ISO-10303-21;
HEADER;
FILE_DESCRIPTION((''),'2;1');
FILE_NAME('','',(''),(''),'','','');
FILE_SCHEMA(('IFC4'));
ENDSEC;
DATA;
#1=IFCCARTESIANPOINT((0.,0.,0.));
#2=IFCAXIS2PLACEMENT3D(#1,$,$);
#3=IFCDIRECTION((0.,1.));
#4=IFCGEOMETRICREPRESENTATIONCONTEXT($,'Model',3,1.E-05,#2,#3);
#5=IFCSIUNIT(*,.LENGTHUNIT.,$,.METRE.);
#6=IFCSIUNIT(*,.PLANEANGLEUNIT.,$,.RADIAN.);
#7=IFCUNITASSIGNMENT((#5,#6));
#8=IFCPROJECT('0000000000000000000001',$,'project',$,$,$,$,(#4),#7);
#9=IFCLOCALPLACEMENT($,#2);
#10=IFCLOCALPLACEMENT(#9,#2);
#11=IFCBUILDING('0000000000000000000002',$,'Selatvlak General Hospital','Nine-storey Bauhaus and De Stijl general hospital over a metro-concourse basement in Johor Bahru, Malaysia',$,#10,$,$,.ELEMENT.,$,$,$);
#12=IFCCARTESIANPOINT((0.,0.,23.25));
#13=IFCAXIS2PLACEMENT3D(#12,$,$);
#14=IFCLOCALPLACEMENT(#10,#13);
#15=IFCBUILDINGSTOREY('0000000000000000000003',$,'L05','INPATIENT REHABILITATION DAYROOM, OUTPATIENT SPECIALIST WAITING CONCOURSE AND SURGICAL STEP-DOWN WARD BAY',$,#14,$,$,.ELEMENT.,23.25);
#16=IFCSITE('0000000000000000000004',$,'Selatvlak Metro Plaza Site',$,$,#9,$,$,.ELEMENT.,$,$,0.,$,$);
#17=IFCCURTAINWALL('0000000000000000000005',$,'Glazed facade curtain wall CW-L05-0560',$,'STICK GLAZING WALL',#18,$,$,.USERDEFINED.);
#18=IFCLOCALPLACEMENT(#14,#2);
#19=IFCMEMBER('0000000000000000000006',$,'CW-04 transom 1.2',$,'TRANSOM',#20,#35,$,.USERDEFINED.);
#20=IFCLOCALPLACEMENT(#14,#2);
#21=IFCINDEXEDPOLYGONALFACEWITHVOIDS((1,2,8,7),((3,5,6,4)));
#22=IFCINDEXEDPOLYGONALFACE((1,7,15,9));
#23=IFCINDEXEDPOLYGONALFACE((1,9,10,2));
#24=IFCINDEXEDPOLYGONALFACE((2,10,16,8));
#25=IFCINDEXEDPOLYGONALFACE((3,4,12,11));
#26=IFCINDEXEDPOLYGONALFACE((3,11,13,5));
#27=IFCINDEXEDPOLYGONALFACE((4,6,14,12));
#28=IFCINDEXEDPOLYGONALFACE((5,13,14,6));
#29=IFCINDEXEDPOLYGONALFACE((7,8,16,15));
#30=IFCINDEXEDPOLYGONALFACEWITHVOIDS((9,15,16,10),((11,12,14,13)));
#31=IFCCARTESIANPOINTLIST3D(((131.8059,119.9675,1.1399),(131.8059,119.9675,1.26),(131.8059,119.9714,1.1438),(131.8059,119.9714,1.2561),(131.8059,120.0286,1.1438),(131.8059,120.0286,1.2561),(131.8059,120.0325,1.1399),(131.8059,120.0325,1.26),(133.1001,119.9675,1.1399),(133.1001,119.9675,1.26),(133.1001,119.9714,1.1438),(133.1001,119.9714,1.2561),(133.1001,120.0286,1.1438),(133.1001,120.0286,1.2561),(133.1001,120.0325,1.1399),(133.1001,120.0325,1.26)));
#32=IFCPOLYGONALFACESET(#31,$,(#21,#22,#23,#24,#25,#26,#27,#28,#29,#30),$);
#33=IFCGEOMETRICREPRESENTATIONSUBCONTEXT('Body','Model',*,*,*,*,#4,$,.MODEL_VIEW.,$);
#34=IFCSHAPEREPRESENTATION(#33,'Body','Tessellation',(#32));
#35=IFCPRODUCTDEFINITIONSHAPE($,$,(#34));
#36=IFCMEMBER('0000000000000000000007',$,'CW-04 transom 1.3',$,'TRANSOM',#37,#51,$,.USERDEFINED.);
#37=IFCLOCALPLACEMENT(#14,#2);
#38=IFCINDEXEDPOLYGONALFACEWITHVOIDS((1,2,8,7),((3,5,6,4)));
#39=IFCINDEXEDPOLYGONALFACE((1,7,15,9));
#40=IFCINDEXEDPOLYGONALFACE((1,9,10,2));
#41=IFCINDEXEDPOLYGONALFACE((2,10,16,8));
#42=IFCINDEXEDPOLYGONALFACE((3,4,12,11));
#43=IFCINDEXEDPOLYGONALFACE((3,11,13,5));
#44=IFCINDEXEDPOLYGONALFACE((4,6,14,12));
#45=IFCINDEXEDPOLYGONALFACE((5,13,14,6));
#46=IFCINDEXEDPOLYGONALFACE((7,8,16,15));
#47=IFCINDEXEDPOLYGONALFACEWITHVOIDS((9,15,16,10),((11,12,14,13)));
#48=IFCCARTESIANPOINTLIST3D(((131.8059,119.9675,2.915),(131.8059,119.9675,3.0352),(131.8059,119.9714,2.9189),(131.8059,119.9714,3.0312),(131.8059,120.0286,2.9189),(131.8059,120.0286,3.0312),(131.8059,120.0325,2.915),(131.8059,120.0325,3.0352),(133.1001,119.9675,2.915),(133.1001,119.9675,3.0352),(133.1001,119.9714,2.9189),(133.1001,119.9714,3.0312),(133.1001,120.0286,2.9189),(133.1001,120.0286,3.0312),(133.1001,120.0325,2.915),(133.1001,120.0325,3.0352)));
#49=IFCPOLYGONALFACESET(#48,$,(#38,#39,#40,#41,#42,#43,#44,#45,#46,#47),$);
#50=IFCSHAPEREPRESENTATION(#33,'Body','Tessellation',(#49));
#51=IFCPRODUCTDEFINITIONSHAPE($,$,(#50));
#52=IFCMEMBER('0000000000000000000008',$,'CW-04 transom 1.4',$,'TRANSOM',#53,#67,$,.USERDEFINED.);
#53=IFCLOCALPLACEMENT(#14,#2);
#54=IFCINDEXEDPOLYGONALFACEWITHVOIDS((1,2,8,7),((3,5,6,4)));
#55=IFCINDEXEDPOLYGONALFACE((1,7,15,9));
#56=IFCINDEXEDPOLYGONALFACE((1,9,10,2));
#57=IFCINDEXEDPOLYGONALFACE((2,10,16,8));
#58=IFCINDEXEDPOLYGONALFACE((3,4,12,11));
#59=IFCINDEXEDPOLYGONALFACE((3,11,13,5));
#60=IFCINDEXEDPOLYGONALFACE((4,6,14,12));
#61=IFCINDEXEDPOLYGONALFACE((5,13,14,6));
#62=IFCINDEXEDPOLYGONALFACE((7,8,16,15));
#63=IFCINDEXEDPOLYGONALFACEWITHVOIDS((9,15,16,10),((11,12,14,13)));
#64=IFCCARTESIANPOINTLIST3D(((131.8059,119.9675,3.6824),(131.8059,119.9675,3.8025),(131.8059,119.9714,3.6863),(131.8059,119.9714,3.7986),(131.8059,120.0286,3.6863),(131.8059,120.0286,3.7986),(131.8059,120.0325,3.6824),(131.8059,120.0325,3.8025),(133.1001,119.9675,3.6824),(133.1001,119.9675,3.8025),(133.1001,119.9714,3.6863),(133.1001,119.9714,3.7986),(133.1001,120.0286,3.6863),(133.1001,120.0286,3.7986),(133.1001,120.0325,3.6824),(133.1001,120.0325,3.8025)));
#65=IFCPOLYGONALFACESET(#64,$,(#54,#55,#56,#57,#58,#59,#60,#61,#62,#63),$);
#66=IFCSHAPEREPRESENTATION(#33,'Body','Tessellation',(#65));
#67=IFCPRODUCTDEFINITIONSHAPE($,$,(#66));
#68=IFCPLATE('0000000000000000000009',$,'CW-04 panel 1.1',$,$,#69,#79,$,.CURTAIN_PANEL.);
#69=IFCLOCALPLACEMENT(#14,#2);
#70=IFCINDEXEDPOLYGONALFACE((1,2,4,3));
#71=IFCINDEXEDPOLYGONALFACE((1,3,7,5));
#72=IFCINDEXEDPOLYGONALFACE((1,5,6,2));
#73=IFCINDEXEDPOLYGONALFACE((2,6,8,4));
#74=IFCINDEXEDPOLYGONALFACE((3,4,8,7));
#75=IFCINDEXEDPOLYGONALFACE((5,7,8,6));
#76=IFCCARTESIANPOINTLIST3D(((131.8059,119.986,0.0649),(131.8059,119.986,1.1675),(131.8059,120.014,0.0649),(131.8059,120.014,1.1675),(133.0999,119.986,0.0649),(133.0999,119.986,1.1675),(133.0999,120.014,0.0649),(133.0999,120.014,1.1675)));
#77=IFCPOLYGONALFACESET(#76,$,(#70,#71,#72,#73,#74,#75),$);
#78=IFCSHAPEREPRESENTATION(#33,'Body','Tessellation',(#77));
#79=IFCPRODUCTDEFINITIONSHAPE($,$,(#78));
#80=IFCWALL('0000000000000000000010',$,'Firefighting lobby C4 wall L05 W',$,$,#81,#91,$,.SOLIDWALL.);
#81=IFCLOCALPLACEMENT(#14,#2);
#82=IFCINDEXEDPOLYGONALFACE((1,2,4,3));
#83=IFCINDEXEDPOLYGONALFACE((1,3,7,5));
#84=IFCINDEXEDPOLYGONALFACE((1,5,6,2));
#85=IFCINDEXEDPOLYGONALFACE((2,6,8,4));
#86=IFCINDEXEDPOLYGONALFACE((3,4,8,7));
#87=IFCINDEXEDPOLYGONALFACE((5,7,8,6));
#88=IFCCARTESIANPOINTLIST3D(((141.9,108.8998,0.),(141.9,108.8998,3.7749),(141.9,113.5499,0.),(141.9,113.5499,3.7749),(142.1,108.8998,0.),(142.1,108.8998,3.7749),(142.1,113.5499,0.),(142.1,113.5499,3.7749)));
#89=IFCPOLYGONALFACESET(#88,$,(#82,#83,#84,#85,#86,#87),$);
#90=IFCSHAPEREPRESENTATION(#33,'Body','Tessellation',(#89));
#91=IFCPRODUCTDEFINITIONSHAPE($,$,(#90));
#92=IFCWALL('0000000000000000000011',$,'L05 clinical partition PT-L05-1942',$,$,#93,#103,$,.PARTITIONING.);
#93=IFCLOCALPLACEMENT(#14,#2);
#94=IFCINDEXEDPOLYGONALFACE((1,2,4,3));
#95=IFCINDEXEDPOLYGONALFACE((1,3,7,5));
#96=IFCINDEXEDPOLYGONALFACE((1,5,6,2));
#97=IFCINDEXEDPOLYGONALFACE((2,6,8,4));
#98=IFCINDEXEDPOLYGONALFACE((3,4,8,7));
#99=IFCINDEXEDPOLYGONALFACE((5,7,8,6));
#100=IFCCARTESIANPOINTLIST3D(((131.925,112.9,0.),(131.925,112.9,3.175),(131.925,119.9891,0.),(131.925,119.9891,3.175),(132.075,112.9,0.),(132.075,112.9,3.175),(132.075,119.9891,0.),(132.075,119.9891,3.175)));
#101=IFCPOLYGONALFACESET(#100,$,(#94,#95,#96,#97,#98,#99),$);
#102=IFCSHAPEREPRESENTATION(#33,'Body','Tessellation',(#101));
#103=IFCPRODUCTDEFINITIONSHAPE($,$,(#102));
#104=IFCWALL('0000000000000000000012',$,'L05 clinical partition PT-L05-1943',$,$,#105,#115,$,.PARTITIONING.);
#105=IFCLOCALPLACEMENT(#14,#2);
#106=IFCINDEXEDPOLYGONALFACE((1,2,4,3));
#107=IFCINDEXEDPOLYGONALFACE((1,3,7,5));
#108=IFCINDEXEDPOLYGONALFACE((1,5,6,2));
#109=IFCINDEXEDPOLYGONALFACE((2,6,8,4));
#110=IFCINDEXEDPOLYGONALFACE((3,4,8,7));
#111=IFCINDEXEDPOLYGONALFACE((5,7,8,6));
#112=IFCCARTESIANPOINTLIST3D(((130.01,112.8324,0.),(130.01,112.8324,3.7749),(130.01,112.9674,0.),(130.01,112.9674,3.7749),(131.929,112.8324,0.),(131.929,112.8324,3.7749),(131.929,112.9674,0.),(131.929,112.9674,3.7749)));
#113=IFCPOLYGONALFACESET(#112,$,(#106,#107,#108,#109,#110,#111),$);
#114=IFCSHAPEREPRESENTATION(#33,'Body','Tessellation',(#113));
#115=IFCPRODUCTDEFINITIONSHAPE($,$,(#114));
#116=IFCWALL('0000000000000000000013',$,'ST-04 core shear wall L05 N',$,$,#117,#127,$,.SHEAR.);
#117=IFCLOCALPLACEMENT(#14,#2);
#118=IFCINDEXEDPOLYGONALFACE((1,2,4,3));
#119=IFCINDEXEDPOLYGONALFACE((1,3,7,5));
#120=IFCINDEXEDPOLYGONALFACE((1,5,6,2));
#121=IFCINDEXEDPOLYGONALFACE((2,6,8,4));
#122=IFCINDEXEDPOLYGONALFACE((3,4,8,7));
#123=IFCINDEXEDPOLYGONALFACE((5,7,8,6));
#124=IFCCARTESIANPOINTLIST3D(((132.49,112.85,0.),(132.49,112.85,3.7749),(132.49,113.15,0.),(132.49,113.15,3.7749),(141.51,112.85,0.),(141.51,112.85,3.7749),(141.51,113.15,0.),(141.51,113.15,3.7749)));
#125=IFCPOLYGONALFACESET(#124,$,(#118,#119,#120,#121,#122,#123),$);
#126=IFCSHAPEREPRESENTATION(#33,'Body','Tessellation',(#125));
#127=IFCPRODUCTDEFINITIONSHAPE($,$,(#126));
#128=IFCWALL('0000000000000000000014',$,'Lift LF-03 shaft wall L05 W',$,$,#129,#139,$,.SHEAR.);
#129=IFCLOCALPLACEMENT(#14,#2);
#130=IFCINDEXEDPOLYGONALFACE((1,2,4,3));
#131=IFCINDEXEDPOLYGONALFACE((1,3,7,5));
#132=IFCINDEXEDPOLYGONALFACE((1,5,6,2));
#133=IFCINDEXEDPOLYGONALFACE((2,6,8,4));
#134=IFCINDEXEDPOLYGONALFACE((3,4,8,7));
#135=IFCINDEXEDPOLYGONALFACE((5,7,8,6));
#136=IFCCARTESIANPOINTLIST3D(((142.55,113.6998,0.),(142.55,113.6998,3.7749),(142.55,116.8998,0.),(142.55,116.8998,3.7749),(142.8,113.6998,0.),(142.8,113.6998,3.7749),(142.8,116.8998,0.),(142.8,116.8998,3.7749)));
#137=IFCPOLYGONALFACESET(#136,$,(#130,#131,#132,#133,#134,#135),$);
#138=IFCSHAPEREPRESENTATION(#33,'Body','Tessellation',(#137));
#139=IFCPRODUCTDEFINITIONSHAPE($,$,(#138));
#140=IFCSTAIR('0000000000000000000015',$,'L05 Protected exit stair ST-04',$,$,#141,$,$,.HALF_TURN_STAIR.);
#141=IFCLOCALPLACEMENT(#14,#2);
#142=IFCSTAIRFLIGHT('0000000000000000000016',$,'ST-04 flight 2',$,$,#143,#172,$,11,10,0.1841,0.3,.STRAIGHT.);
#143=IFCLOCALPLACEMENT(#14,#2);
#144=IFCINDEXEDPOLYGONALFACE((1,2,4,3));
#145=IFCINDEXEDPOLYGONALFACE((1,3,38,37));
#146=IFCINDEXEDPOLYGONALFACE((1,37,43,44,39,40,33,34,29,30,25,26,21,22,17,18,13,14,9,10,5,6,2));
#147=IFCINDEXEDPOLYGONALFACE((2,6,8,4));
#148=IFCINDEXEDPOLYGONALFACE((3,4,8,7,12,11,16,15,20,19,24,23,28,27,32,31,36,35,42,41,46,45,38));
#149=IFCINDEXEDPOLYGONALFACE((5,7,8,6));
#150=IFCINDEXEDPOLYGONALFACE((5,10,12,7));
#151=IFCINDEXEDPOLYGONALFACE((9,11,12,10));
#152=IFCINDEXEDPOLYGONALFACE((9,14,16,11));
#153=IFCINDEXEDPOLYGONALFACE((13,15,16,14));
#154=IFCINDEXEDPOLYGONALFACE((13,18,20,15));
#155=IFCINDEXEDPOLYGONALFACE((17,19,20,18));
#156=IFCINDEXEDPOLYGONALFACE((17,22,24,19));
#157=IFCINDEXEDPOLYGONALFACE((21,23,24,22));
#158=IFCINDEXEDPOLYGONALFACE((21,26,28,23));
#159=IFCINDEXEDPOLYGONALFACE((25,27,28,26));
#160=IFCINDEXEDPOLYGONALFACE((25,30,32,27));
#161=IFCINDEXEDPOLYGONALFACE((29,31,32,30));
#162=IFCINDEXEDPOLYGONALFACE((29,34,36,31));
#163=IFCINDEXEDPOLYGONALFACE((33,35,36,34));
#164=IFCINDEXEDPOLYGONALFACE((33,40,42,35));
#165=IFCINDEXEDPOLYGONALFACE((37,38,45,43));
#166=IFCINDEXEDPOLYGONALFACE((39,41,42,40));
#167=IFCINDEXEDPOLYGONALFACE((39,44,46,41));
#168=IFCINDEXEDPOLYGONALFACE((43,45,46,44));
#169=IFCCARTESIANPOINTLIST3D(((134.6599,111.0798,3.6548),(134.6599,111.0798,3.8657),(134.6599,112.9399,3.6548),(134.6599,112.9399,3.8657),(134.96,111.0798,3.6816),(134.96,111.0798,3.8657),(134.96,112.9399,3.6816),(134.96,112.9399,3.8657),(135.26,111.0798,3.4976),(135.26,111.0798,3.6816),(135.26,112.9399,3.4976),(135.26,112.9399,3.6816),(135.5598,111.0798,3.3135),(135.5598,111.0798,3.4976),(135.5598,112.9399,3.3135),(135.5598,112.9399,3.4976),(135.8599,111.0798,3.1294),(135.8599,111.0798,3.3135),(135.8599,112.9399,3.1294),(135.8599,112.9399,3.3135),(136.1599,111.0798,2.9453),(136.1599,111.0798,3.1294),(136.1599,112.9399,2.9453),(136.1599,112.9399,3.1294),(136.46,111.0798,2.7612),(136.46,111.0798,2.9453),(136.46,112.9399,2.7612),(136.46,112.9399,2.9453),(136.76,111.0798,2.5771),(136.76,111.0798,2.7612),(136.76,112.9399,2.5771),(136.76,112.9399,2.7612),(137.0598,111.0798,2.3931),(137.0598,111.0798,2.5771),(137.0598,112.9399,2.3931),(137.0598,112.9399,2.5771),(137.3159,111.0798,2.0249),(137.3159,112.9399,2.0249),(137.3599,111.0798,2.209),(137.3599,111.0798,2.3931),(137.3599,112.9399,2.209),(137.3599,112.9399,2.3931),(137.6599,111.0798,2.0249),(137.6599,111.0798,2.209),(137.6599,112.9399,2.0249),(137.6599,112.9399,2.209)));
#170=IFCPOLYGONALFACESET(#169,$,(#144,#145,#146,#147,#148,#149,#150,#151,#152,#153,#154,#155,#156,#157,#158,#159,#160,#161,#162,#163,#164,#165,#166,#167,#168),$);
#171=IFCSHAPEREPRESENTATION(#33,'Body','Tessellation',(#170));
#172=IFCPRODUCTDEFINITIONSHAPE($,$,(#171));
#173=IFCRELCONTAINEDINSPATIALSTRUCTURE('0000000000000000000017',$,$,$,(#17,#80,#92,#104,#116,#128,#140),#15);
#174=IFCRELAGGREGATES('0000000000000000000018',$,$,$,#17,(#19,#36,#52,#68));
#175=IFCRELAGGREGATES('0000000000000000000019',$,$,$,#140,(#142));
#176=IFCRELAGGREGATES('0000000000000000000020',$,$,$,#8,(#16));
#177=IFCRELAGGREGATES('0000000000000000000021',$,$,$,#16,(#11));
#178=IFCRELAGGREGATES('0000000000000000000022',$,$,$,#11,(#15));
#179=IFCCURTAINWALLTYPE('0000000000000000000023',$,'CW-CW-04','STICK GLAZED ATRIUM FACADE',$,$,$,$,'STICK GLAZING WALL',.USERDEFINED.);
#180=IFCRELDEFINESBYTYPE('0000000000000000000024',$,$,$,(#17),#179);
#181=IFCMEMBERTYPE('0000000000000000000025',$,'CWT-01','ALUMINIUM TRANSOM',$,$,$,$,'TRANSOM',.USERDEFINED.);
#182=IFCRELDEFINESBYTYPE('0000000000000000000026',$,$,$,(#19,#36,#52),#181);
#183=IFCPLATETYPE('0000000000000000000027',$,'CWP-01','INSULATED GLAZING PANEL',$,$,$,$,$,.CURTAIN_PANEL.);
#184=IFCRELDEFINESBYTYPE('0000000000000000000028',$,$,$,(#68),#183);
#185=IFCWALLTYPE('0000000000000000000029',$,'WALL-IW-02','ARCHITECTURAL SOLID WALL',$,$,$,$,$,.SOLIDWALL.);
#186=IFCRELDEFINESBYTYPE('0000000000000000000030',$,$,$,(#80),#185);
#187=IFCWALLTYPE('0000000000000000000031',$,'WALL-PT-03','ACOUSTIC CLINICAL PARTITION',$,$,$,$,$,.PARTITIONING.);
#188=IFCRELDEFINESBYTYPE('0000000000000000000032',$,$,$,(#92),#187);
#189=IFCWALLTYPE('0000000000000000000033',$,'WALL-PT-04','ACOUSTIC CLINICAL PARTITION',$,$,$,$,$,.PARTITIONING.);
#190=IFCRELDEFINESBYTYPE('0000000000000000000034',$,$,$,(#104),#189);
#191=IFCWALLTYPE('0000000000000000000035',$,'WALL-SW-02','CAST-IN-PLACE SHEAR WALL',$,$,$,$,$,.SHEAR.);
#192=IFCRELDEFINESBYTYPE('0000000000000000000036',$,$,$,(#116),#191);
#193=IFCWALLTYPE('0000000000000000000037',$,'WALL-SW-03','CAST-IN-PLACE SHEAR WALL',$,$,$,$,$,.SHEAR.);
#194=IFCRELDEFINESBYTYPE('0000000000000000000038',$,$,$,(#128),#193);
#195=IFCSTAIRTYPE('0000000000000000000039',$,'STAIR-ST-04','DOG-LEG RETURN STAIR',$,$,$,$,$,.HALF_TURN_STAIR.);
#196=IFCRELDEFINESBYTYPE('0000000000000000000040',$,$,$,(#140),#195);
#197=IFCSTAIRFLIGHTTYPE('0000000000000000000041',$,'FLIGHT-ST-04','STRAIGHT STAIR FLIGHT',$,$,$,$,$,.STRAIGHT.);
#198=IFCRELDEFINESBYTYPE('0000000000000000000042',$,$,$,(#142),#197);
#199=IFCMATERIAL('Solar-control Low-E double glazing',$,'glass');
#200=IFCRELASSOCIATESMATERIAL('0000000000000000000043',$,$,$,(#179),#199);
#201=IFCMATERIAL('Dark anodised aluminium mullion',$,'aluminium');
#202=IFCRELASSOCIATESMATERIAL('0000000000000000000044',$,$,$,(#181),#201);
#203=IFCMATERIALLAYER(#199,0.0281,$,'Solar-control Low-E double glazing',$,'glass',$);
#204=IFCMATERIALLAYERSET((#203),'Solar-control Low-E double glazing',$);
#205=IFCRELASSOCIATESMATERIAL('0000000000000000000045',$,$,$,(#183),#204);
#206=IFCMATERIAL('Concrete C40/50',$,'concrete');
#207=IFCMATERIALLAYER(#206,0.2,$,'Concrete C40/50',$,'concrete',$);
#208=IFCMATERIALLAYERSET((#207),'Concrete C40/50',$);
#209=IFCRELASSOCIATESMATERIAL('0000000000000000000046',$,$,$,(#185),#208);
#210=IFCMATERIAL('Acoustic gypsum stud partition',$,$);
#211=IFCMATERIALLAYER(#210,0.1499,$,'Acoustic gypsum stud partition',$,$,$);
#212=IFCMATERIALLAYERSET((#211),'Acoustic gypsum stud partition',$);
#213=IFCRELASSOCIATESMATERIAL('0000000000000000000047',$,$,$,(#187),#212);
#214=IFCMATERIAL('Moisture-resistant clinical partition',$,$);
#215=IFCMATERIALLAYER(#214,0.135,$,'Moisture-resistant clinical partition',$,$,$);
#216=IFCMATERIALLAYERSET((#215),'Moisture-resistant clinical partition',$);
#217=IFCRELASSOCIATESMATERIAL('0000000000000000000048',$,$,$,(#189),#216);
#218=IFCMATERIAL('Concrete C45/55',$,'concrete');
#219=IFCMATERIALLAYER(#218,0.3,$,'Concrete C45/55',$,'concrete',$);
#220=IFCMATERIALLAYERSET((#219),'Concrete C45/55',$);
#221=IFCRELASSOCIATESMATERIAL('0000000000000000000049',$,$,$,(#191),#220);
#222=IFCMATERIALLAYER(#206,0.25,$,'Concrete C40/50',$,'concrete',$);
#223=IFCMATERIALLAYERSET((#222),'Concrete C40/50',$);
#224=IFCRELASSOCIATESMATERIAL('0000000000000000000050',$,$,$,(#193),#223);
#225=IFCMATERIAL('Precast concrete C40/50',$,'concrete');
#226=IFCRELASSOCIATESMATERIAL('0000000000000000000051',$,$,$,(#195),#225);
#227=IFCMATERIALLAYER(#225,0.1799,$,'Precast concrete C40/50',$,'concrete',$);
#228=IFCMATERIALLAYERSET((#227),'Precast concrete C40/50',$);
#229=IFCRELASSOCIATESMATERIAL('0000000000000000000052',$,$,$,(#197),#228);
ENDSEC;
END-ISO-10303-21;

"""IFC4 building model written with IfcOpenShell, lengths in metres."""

from ifc_helpers import new_model, si_unit, direction, frame, frame_2d, origin, origin_2d, place, context, subcontext, project, spatial, polyline, rectangle, hollow_rectangle, outline, extrude, material, layer, layer_set, material_profile, profile_set, type_object, element, aggregate, save


model = new_model("IFC4")

# Units and contexts
model_context = context("Model", 3, precision=1e-05, world=origin(), true_north=direction((0.0, 1.0)))
body_context = subcontext(model_context, "Body", "Model", "MODEL_VIEW")
ifc_project = project(units=[si_unit("LENGTHUNIT", "METRE"), si_unit("PLANEANGLEUNIT", "RADIAN")], contexts=[model_context])

# Site, building, storey
site_placement = place(None, origin())
site = spatial("IfcSite", under=ifc_project, at=site_placement, Name="Selatvlak Metro Plaza Site", CompositionType="ELEMENT", RefElevation=0.0)
building_placement = place(site_placement, origin())
building = spatial("IfcBuilding", under=site, at=building_placement, Name="Selatvlak General Hospital", Description="Nine-storey Bauhaus and De Stijl general hospital over a metro-concourse basement in Johor Bahru, Malaysia", CompositionType="ELEMENT")
storey_placement = place(building_placement, frame((0.0, 0.0, 23.25)))
storey = spatial("IfcBuildingStorey", under=building, at=storey_placement, Name="L05", Description="INPATIENT REHABILITATION DAYROOM, OUTPATIENT SPECIALIST WAITING CONCOURSE AND SURGICAL STEP-DOWN WARD BAY", CompositionType="ELEMENT", Elevation=23.25)

# Shared definitions
ifc_material_1 = material(Name="Concrete C40/50", Category="concrete")

# Shared definitions
ifc_material_2 = material(Name="Solar-control Low-E double glazing", Category="glass")
ifc_material_3 = material(Name="Dark anodised aluminium mullion", Category="aluminium")

# Curtain wall, members, plate
curtain_wall_type_1 = type_object("IfcCurtainWallType", Name="CW-CW-04", Description="STICK GLAZED ATRIUM FACADE", ElementType="STICK GLAZING WALL", PredefinedType="USERDEFINED", material=ifc_material_2)
curtain_wall_1_placement = place(storey_placement, origin())
curtain_wall_1 = element("IfcCurtainWall", 1, at=curtain_wall_1_placement, inside=storey, type_object=curtain_wall_type_1, Name="Glazed facade curtain wall CW-L05-0560", ObjectType="STICK GLAZING WALL", PredefinedType="USERDEFINED")
ifc_material_profile_1 = material_profile(ifc_material_3, hollow_rectangle(XDim=0.0649, YDim=0.1201, WallThickness=0.0039, at=origin_2d()), Name="AL-TRN 65x120x4")
ifc_profile_set_1 = profile_set([ifc_material_profile_1], Name="Dark anodised aluminium mullion")
member_type_1 = type_object("IfcMemberType", Name="CWT-01", Description="ALUMINIUM TRANSOM", ElementType="TRANSOM", PredefinedType="USERDEFINED", material=ifc_profile_set_1)
member_1_placement = place(storey_placement, frame((131.8059, 120.0, 1.2), z_axis=(1.0, 0.0, 0.0), x_axis=(0.0, 1.0, 0.0)))
member_1 = element("IfcMember", 2, at=member_1_placement, type_object=member_type_1, Name="CW-04 transom 1.2", ObjectType="TRANSOM", PredefinedType="USERDEFINED", context=body_context, shape_type="SweptSolid", body=[
    extrude(hollow_rectangle(XDim=0.0649, YDim=0.1201, WallThickness=0.0039, at=origin_2d()), origin(), (0.0, 0.0, 1.0), 1.2942),
])
member_2_placement = place(storey_placement, frame((131.8059, 120.0, 2.9751), z_axis=(1.0, 0.0, 0.0), x_axis=(0.0, 1.0, 0.0)))
member_2 = element("IfcMember", 3, at=member_2_placement, type_object=member_type_1, Name="CW-04 transom 1.3", ObjectType="TRANSOM", PredefinedType="USERDEFINED", context=body_context, shape_type="SweptSolid", body=[
    extrude(hollow_rectangle(XDim=0.0649, YDim=0.1201, WallThickness=0.0039, at=origin_2d()), origin(), (0.0, 0.0, 1.0), 1.2942),
])
member_3_placement = place(storey_placement, frame((131.8059, 120.0, 3.7424), z_axis=(1.0, 0.0, 0.0), x_axis=(0.0, 1.0, 0.0)))
member_3 = element("IfcMember", 4, at=member_3_placement, type_object=member_type_1, Name="CW-04 transom 1.4", ObjectType="TRANSOM", PredefinedType="USERDEFINED", context=body_context, shape_type="SweptSolid", body=[
    extrude(hollow_rectangle(XDim=0.0649, YDim=0.1201, WallThickness=0.0039, at=origin_2d()), origin(), (0.0, 0.0, 1.0), 1.2942),
])
ifc_layer_1 = layer(ifc_material_2, 0.0281, Name="Solar-control Low-E double glazing", Category="glass")
ifc_layer_set_1 = layer_set([ifc_layer_1], Name="Solar-control Low-E double glazing")
plate_type = type_object("IfcPlateType", Name="CWP-01", Description="INSULATED GLAZING PANEL", PredefinedType="CURTAIN_PANEL", material=ifc_layer_set_1)
plate_placement = place(storey_placement, frame((132.4529, 120.0, 0.0649), z_axis=(0.0, 0.0, 1.0), x_axis=(1.0, 0.0, 0.0)))
plate = element("IfcPlate", 5, at=plate_placement, type_object=plate_type, Name="CW-04 panel 1.1", PredefinedType="CURTAIN_PANEL", context=body_context, shape_type="SweptSolid", body=[
    extrude(rectangle(XDim=1.2939, YDim=0.0281, at=origin_2d()), origin(), (0.0, 0.0, 1.0), 1.1025),
])
aggregate(curtain_wall_1, [member_1, member_2, member_3, plate])

# Walls
ifc_layer_2 = layer(ifc_material_1, 0.2, Name="Concrete C40/50", Category="concrete")
ifc_layer_set_2 = layer_set([ifc_layer_2], Name="Concrete C40/50")
wall_type_1 = type_object("IfcWallType", Name="WALL-IW-02", Description="ARCHITECTURAL SOLID WALL", PredefinedType="SOLIDWALL", material=ifc_layer_set_2)
wall_1_placement = place(storey_placement, frame((142.0, 113.55, 0.0), z_axis=(0.0, 0.0, 1.0), x_axis=(0.0, -1.0, 0.0)))
element("IfcWall", 6, at=wall_1_placement, inside=storey, type_object=wall_type_1, Name="Firefighting lobby C4 wall L05 W", PredefinedType="SOLIDWALL", context=body_context, shape_type="SweptSolid", body=[
    extrude(rectangle(XDim=4.6501, YDim=0.2, at=frame_2d((2.3252, 0.0))), origin(), (0.0, 0.0, 1.0), 3.7749),
])
ifc_material_4 = material(Name="Acoustic gypsum stud partition")
ifc_layer_3 = layer(ifc_material_4, 0.1499, Name="Acoustic gypsum stud partition")
ifc_layer_set_3 = layer_set([ifc_layer_3], Name="Acoustic gypsum stud partition")
wall_type_2 = type_object("IfcWallType", Name="WALL-PT-03", Description="ACOUSTIC CLINICAL PARTITION", PredefinedType="PARTITIONING", material=ifc_layer_set_3)
wall_2_placement = place(storey_placement, frame((132.0, 119.989, 0.0), z_axis=(0.0, 0.0, 1.0), x_axis=(0.0, -1.0, 0.0)))
element("IfcWall", 7, at=wall_2_placement, inside=storey, type_object=wall_type_2, Name="L05 clinical partition PT-L05-1942", PredefinedType="PARTITIONING", context=body_context, shape_type="SweptSolid", body=[
    extrude(rectangle(XDim=7.0891, YDim=0.1499, at=frame_2d((3.5444, 0.0))), origin(), (0.0, 0.0, 1.0), 3.175),
])
ifc_material_5 = material(Name="Moisture-resistant clinical partition")
ifc_layer_4 = layer(ifc_material_5, 0.135, Name="Moisture-resistant clinical partition")
ifc_layer_set_4 = layer_set([ifc_layer_4], Name="Moisture-resistant clinical partition")
wall_type_3 = type_object("IfcWallType", Name="WALL-PT-04", Description="ACOUSTIC CLINICAL PARTITION", PredefinedType="PARTITIONING", material=ifc_layer_set_4)
wall_3_placement = place(storey_placement, frame((131.929, 112.8999, 0.0), z_axis=(0.0, 0.0, 1.0), x_axis=(-1.0, 0.0, 0.0)))
element("IfcWall", 8, at=wall_3_placement, inside=storey, type_object=wall_type_3, Name="L05 clinical partition PT-L05-1943", PredefinedType="PARTITIONING", context=body_context, shape_type="SweptSolid", body=[
    extrude(rectangle(XDim=1.9189, YDim=0.135, at=frame_2d((0.9595, 0.0))), origin(), (0.0, 0.0, 1.0), 3.7749),
])
ifc_material_6 = material(Name="Concrete C45/55", Category="concrete")
ifc_layer_5 = layer(ifc_material_6, 0.3, Name="Concrete C45/55", Category="concrete")
ifc_layer_set_5 = layer_set([ifc_layer_5], Name="Concrete C45/55")
wall_type_4 = type_object("IfcWallType", Name="WALL-SW-02", Description="CAST-IN-PLACE SHEAR WALL", PredefinedType="SHEAR", material=ifc_layer_set_5)
wall_4_placement = place(storey_placement, frame((141.51, 113.0, 0.0), z_axis=(0.0, 0.0, 1.0), x_axis=(-1.0, 0.0, 0.0)))
element("IfcWall", 9, at=wall_4_placement, inside=storey, type_object=wall_type_4, Name="ST-04 core shear wall L05 N", PredefinedType="SHEAR", context=body_context, shape_type="SweptSolid", body=[
    extrude(rectangle(XDim=9.02, YDim=0.3, at=frame_2d((4.51, 0.0))), origin(), (0.0, 0.0, 1.0), 3.7749),
])

# Shared definitions
ifc_layer_6 = layer(ifc_material_1, 0.25, Name="Concrete C40/50", Category="concrete")
ifc_layer_set_6 = layer_set([ifc_layer_6], Name="Concrete C40/50")
wall_type_5 = type_object("IfcWallType", Name="WALL-SW-03", Description="CAST-IN-PLACE SHEAR WALL", PredefinedType="SHEAR", material=ifc_layer_set_6)

# Wall
wall_5_placement = place(storey_placement, frame((142.675, 116.8999, 0.0), z_axis=(0.0, 0.0, 1.0), x_axis=(0.0, -1.0, 0.0)))
element("IfcWall", 10, at=wall_5_placement, inside=storey, type_object=wall_type_5, Name="Lift LF-03 shaft wall L05 W", PredefinedType="SHEAR", context=body_context, shape_type="SweptSolid", body=[
    extrude(rectangle(XDim=3.2, YDim=0.25, at=frame_2d((1.6001, 0.0))), origin(), (0.0, 0.0, 1.0), 3.7749),
])

# Stair, stair flight
ifc_material_7 = material(Name="Precast concrete C40/50", Category="concrete")
stair_type = type_object("IfcStairType", Name="STAIR-ST-04", Description="DOG-LEG RETURN STAIR", PredefinedType="HALF_TURN_STAIR", material=ifc_material_7)
stair_placement = place(storey_placement, origin())
stair = element("IfcStair", 11, at=stair_placement, inside=storey, type_object=stair_type, Name="L05 Protected exit stair ST-04", PredefinedType="HALF_TURN_STAIR")
ifc_layer_7 = layer(ifc_material_7, 0.1799, Name="Precast concrete C40/50", Category="concrete")
ifc_layer_set_7 = layer_set([ifc_layer_7], Name="Precast concrete C40/50")
stair_flight_type = type_object("IfcStairFlightType", Name="FLIGHT-ST-04", Description="STRAIGHT STAIR FLIGHT", PredefinedType="STRAIGHT", material=ifc_layer_set_7)
stair_flight_placement = place(storey_placement, frame((137.6599, 112.01, 2.0249), z_axis=(0.0, 0.0, 1.0), x_axis=(-1.0, 0.0, 0.0)))
stair_flight = element("IfcStairFlight", 12, at=stair_flight_placement, type_object=stair_flight_type, Name="ST-04 flight 2", NumberOfRisers=11, NumberOfTreads=10, PredefinedType="STRAIGHT", RiserHeight=0.1841, TreadLength=0.3, context=body_context, shape_type="SweptSolid", body=[
    extrude(outline(polyline([(0.0, 0.0), (0.0, 0.1841), (0.3, 0.1841), (0.3, 0.3682), (0.6001, 0.3682), (0.6001, 0.5522), (0.8999, 0.5522), (0.8999, 0.7363), (1.2, 0.7363), (1.2, 0.9204), (1.5, 0.9204), (1.5, 1.1045), (1.8, 1.1045), (1.8, 1.2886), (2.1001, 1.2886), (2.1001, 1.4727), (2.3999, 1.4727), (2.3999, 1.6567), (2.7, 1.6567), (2.7, 1.8408), (3.0, 1.8408), (3.0, 2.0249), (3.0, 1.6299), (0.344, 0.0), (0.0, 0.0)])), frame((0.0, 0.9302, 0.0), z_axis=(0.0, -1.0, 0.0), x_axis=(1.0, 0.0, 0.0)), (0.0, 0.0, 1.0), 1.8601),
])
aggregate(stair, [stair_flight])

save(model, "model.ifc")
